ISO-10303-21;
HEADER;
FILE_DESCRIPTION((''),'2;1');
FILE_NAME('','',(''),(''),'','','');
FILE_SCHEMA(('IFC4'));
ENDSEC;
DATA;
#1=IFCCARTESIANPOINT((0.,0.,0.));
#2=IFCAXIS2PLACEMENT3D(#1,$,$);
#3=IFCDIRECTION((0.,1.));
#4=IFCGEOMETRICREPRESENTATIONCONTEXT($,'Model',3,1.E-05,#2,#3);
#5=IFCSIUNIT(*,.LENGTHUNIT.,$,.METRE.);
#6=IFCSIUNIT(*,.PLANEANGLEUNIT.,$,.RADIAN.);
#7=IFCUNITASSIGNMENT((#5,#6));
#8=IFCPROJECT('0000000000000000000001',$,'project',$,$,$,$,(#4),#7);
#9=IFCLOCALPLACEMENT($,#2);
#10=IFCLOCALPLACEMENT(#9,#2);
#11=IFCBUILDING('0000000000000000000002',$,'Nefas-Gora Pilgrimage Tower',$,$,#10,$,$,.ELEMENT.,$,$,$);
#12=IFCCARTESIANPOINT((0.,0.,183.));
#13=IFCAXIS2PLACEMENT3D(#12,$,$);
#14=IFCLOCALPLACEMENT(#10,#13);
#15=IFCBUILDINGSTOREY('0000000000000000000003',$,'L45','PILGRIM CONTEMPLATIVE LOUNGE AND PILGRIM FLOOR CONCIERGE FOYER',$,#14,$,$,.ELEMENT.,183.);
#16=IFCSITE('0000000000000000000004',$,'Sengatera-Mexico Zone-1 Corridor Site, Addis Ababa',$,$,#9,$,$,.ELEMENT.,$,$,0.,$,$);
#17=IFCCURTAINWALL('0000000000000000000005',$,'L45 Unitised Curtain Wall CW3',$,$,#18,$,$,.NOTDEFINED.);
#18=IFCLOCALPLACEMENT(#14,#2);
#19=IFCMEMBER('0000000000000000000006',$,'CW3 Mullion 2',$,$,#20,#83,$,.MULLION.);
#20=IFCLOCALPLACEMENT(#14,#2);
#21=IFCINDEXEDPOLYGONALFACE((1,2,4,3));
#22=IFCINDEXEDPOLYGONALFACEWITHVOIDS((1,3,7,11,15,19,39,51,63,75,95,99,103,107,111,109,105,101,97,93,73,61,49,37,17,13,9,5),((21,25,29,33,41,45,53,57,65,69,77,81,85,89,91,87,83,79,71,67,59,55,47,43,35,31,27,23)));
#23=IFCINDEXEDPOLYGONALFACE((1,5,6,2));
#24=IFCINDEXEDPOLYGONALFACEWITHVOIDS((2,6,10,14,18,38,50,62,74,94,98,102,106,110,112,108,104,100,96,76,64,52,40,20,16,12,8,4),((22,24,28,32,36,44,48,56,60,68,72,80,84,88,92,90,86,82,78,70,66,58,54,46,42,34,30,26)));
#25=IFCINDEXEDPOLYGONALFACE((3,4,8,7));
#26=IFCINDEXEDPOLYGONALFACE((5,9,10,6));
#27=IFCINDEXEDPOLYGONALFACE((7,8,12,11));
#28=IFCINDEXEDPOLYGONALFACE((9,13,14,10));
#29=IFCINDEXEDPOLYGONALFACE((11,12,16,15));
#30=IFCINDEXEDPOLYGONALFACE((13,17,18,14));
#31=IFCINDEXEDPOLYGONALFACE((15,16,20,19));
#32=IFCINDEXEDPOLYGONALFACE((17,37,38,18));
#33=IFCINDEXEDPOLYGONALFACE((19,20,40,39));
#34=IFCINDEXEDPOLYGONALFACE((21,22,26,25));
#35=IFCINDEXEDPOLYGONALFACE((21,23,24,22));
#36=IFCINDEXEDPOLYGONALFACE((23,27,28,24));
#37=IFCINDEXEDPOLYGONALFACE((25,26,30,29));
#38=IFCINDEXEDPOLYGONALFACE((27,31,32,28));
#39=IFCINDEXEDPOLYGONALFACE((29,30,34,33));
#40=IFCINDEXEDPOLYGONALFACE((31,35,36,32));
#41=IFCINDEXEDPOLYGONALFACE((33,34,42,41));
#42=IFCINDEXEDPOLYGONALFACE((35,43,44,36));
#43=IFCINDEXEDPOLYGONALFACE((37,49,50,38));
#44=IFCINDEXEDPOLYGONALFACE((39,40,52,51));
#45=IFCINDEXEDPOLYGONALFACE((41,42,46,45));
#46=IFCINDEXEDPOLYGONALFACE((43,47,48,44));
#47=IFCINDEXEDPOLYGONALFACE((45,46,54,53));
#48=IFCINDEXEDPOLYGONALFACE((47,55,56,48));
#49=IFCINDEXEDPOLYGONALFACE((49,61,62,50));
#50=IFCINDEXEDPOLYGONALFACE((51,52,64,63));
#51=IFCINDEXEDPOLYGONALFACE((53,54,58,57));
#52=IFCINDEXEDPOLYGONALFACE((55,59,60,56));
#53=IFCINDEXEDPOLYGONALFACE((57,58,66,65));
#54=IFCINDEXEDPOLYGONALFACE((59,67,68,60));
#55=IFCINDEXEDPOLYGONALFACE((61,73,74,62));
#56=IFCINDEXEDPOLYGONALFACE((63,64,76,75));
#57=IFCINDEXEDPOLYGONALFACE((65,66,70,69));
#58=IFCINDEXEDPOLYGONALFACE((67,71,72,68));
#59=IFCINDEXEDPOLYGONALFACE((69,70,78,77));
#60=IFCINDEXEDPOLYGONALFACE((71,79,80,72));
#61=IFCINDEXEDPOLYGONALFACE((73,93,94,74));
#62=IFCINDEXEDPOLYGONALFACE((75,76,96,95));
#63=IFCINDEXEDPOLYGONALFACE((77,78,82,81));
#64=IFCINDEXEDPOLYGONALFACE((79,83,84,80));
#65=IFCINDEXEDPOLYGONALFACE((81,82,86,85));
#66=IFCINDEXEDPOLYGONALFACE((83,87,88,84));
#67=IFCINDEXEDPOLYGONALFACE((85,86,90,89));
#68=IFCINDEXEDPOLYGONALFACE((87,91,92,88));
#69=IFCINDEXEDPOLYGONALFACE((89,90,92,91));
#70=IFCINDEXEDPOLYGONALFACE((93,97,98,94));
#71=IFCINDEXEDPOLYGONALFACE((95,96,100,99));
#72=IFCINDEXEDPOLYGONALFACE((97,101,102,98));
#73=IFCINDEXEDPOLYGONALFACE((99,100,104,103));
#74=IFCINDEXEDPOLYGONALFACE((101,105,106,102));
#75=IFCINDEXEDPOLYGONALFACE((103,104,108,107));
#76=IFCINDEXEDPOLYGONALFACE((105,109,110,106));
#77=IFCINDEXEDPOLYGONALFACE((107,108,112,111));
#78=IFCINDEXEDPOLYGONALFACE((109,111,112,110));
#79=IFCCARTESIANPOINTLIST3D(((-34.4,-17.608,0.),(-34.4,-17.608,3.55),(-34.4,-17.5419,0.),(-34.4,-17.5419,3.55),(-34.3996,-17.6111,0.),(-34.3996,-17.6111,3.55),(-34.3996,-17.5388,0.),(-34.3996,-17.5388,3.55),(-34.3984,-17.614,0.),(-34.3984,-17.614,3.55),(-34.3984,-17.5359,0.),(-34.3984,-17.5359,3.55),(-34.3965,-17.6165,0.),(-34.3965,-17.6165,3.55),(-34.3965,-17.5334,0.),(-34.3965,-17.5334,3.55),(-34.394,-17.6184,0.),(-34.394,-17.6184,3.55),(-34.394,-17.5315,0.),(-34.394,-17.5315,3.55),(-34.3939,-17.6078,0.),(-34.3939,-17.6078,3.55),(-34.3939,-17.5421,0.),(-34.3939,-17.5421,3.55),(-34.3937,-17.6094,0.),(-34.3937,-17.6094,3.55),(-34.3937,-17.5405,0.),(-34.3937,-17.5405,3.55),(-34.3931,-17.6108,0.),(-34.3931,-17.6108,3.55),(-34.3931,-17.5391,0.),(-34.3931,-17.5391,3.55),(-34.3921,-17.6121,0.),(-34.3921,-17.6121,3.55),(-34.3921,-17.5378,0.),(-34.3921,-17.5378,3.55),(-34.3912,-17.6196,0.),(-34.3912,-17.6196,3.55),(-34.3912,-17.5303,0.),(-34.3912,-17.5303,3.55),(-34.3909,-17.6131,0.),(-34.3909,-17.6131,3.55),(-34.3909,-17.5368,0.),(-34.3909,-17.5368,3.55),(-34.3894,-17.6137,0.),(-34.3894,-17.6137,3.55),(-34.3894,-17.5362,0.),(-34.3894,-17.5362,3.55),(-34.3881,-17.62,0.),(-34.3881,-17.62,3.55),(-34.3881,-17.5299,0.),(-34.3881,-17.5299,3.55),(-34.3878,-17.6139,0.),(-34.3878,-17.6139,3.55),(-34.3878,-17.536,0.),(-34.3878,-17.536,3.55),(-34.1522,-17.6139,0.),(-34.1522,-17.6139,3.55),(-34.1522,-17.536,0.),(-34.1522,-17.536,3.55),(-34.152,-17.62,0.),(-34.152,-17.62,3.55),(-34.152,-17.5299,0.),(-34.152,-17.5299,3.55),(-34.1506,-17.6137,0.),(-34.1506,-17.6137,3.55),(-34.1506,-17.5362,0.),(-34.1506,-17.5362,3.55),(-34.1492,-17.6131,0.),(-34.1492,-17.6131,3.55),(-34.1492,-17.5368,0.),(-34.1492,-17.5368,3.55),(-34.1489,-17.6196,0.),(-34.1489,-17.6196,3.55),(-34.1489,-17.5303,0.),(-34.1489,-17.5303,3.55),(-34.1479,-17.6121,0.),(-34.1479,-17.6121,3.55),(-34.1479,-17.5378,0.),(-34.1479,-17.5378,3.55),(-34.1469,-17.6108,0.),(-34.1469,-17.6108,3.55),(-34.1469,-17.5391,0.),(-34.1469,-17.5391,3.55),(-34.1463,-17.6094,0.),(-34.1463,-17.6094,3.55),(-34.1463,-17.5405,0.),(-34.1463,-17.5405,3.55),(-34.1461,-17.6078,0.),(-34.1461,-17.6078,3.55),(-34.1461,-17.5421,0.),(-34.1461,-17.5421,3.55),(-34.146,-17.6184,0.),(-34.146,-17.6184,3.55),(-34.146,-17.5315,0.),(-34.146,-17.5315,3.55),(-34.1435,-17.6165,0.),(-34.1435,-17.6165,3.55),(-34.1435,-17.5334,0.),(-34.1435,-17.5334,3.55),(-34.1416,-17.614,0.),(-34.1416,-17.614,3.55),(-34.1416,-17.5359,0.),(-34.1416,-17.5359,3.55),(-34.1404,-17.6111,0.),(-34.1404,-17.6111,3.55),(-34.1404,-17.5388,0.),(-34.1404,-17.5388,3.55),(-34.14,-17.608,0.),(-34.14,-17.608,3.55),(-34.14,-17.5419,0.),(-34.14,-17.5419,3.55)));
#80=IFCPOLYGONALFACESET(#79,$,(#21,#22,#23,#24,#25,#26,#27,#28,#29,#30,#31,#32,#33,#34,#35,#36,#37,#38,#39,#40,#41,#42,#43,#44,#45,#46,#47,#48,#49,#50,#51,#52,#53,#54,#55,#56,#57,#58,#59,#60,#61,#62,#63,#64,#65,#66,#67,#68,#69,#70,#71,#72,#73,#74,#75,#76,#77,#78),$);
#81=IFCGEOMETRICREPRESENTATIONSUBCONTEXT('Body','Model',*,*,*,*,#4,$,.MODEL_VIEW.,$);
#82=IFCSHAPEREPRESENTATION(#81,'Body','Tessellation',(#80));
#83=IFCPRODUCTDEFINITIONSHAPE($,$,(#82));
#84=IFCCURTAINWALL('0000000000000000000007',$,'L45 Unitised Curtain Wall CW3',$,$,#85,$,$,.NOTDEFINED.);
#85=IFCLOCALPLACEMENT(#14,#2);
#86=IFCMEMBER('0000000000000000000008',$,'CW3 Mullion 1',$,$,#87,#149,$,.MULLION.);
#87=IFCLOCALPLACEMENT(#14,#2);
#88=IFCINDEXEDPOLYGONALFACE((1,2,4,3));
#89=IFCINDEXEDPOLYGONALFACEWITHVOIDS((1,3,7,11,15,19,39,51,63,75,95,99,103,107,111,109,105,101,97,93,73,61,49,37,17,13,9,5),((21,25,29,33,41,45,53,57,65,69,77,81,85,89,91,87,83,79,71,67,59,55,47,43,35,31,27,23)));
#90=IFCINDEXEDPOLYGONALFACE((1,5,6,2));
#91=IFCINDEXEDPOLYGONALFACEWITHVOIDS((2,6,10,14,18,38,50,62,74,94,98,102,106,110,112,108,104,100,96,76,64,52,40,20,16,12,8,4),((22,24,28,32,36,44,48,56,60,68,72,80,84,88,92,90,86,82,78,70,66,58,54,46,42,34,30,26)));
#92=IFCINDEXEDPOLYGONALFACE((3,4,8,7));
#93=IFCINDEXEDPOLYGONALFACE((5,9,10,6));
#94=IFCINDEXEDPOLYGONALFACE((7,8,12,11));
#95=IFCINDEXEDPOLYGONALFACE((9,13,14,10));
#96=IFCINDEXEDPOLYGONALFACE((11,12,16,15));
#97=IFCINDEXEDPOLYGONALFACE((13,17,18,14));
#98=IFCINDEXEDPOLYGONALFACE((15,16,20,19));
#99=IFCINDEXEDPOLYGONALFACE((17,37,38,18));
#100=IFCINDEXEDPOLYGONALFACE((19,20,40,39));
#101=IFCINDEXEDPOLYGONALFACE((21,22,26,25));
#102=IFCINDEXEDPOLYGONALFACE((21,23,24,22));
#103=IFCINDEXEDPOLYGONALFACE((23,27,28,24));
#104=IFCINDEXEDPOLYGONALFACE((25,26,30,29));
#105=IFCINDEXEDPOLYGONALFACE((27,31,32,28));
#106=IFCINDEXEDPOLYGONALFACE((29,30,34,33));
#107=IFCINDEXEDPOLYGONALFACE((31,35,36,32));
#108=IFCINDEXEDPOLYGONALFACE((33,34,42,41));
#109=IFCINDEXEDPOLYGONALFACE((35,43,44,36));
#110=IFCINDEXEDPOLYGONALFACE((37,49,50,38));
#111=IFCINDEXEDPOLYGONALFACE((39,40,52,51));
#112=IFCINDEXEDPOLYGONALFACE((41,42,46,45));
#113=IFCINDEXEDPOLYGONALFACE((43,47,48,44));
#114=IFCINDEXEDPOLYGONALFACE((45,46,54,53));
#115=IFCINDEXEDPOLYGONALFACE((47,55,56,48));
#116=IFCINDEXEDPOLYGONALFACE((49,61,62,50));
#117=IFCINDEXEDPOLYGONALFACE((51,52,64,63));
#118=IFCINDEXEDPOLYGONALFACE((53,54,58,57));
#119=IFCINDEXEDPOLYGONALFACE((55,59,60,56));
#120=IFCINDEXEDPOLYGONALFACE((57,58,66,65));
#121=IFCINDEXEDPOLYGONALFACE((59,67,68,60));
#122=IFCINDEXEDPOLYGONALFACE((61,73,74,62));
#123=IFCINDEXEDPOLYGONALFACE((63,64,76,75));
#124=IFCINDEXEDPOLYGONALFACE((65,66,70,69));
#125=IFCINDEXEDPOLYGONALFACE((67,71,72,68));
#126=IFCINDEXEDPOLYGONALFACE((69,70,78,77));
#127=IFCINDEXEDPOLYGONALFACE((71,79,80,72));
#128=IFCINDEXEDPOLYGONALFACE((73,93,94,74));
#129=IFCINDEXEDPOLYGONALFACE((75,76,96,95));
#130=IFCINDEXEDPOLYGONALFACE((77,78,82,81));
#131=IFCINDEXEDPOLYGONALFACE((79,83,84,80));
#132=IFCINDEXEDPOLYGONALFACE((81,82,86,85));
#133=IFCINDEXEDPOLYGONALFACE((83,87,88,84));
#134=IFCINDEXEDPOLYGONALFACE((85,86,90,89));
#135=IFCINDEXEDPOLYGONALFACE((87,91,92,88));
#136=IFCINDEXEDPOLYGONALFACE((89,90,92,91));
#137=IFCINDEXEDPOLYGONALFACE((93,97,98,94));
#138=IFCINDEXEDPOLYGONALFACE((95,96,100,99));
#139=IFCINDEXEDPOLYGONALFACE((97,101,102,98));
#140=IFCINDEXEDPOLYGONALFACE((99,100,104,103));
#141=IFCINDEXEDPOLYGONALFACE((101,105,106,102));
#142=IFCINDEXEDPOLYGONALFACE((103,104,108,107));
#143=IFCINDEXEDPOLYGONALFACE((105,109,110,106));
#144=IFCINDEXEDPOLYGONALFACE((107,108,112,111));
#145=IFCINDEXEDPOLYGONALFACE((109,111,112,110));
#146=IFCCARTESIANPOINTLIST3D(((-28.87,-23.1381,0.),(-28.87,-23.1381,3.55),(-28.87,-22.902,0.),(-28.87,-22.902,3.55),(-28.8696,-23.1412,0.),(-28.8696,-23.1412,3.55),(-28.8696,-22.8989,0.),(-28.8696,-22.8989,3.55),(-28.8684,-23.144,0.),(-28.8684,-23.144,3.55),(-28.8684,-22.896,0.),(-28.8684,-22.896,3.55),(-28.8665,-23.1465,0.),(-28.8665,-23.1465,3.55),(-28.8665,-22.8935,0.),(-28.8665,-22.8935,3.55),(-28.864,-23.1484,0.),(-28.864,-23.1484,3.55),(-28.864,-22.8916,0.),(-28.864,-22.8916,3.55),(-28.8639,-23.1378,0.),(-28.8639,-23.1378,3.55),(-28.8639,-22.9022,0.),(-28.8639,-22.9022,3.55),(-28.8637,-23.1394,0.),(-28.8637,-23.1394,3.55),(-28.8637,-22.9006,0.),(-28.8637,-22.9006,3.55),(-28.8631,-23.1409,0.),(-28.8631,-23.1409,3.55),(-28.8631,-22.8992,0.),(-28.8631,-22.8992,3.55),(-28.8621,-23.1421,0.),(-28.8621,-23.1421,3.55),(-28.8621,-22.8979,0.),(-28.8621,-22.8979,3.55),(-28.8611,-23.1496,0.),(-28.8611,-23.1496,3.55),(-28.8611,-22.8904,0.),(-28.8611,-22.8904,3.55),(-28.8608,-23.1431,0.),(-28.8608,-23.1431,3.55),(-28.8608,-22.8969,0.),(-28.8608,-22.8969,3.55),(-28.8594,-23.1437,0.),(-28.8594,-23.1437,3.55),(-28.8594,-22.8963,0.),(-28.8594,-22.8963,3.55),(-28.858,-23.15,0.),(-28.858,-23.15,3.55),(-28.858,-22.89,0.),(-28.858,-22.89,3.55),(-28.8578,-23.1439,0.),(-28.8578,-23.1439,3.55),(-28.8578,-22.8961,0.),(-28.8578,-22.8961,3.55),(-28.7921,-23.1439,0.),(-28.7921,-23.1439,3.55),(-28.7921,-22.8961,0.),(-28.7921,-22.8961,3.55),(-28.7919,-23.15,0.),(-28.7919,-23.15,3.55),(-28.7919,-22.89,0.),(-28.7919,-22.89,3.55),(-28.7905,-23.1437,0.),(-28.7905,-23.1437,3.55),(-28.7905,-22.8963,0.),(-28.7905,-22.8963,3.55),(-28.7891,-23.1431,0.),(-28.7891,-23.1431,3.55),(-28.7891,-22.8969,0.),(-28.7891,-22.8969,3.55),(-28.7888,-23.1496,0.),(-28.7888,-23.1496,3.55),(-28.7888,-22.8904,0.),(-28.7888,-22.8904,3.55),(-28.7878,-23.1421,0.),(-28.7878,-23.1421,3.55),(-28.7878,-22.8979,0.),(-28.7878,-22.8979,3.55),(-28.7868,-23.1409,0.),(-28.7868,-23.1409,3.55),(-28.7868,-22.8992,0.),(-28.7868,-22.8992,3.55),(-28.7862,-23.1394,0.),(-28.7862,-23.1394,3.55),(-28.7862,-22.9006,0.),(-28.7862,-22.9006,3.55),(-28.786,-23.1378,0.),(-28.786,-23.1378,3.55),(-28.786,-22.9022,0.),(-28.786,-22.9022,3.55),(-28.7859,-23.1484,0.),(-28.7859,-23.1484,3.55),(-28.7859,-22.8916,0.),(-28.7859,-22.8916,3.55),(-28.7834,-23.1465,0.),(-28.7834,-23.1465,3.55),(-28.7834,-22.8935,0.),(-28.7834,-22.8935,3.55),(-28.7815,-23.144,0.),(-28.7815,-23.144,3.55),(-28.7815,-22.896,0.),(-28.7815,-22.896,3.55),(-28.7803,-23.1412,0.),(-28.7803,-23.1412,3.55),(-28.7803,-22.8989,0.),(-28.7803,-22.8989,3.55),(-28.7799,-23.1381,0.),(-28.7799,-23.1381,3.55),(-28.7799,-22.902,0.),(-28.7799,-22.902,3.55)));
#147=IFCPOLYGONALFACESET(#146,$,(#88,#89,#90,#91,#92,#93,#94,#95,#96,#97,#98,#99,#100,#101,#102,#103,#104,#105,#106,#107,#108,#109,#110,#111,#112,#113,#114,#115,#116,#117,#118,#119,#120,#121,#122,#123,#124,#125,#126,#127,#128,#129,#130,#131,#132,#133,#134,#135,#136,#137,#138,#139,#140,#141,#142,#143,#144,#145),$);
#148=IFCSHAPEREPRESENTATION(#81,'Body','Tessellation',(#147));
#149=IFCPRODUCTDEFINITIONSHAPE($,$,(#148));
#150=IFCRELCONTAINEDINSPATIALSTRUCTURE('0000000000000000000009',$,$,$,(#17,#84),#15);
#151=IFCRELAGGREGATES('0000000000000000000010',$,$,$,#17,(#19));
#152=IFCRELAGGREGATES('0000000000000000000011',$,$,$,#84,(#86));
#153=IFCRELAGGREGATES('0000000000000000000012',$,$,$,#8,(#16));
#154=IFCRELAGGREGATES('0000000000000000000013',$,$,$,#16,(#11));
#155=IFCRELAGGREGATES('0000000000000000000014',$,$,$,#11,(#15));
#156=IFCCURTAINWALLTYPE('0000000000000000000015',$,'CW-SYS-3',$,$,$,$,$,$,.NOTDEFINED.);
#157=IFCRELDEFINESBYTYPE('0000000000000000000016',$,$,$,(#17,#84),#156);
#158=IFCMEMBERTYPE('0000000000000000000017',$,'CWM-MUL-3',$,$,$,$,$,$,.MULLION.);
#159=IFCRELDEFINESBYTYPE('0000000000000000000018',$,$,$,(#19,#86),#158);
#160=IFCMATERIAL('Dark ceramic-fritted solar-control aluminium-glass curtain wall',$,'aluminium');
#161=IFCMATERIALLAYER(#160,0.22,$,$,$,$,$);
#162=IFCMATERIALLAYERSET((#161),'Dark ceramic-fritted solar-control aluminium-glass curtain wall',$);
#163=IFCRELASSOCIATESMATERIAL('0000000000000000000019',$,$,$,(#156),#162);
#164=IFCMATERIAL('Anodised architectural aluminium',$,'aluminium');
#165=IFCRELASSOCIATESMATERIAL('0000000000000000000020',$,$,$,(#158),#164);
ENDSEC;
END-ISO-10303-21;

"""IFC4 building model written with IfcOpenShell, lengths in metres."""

from ifc_helpers import new_model, si_unit, direction, frame, origin, origin_2d, place, context, subcontext, project, spatial, hollow_rectangle, extrude, source, transform, mapped, material, layer, layer_set, material_profile, profile_set, type_object, element, aggregate, save


model = new_model("IFC4")

# Units and contexts
model_context = context("Model", 3, precision=1e-05, world=origin(), true_north=direction((0.0, 1.0)))
body_context = subcontext(model_context, "Body", "Model", "MODEL_VIEW")
ifc_project = project(units=[si_unit("LENGTHUNIT", "METRE"), si_unit("PLANEANGLEUNIT", "RADIAN")], contexts=[model_context])

# Site, building, storey
site_placement = place(None, origin())
site = spatial("IfcSite", under=ifc_project, at=site_placement, Name="Sengatera-Mexico Zone-1 Corridor Site, Addis Ababa", CompositionType="ELEMENT", RefElevation=0.0)
building_placement = place(site_placement, origin())
building = spatial("IfcBuilding", under=site, at=building_placement, Name="Nefas-Gora Pilgrimage Tower", CompositionType="ELEMENT")
storey_placement = place(building_placement, frame((0.0, 0.0, 183.0)))
storey = spatial("IfcBuildingStorey", under=building, at=storey_placement, Name="L45", Description="PILGRIM CONTEMPLATIVE LOUNGE AND PILGRIM FLOOR CONCIERGE FOYER", CompositionType="ELEMENT", Elevation=183.0)

# Shared definitions
ifc_material_1 = material(Name="Dark ceramic-fritted solar-control aluminium-glass curtain wall", Category="aluminium")
ifc_material_2 = material(Name="Anodised architectural aluminium", Category="aluminium")

# Curtain wall, member
ifc_layer_1 = layer(ifc_material_1, 0.22)
ifc_layer_set_1 = layer_set([ifc_layer_1], Name="Dark ceramic-fritted solar-control aluminium-glass curtain wall")
curtain_wall_type_1 = type_object("IfcCurtainWallType", Name="CW-SYS-3", PredefinedType="NOTDEFINED", material=ifc_layer_set_1)
curtain_wall_1_placement = place(storey_placement, origin())
curtain_wall_1 = element("IfcCurtainWall", 1, at=curtain_wall_1_placement, inside=storey, type_object=curtain_wall_type_1, Name="L45 Unitised Curtain Wall CW3", PredefinedType="NOTDEFINED")
ifc_material_profile_1 = material_profile(ifc_material_2, hollow_rectangle(XDim=0.0901, YDim=0.26, WallThickness=0.0061, InnerFilletRadius=0.0061, OuterFilletRadius=0.012, at=origin_2d()), Name="ALU MULLION 90x260")
ifc_profile_set_1 = profile_set([ifc_material_profile_1], Name="Anodised architectural aluminium")
member_type_1 = type_object("IfcMemberType", Name="CWM-MUL-3", PredefinedType="MULLION", material=ifc_profile_set_1)
shared_shape_1 = source(origin(), body_context, "Body", "SweptSolid", [
    extrude(hollow_rectangle(XDim=0.0901, YDim=0.26, WallThickness=0.0061, InnerFilletRadius=0.0061, OuterFilletRadius=0.012, at=origin_2d()), origin(), (0.0, 0.0, 1.0), 3.55),
])
member_1_placement = place(storey_placement, frame((-34.27, -17.575, 0.0), z_axis=(0.0, 0.0, 1.0), x_axis=(0.0, -1.0, 0.0)))
member_1 = element("IfcMember", 2, at=member_1_placement, type_object=member_type_1, Name="CW3 Mullion 2", PredefinedType="MULLION", context=body_context, shape_type="MappedRepresentation", body=[
    mapped(shared_shape_1, transform((0.0, 0.0, 0.0), x_axis=(1.0, 0.0, 0.0), y_axis=(0.0, 1.0, 0.0), z_axis=(0.0, 0.0, 1.0), scale=1.0)),
])
aggregate(curtain_wall_1, [member_1])

# Curtain wall, member
curtain_wall_2_placement = place(storey_placement, origin())
curtain_wall_2 = element("IfcCurtainWall", 3, at=curtain_wall_2_placement, inside=storey, type_object=curtain_wall_type_1, Name="L45 Unitised Curtain Wall CW3", PredefinedType="NOTDEFINED")
member_2_placement = place(storey_placement, frame((-28.825, -23.02, 0.0), z_axis=(0.0, 0.0, 1.0), x_axis=(1.0, 0.0, 0.0)))
member_2 = element("IfcMember", 4, at=member_2_placement, type_object=member_type_1, Name="CW3 Mullion 1", PredefinedType="MULLION", context=body_context, shape_type="MappedRepresentation", body=[
    mapped(shared_shape_1, transform((0.0, 0.0, 0.0), x_axis=(1.0, 0.0, 0.0), y_axis=(0.0, 1.0, 0.0), z_axis=(0.0, 0.0, 1.0), scale=1.0)),
])

aggregate(curtain_wall_2, [member_2])

save(model, "model.ifc")
